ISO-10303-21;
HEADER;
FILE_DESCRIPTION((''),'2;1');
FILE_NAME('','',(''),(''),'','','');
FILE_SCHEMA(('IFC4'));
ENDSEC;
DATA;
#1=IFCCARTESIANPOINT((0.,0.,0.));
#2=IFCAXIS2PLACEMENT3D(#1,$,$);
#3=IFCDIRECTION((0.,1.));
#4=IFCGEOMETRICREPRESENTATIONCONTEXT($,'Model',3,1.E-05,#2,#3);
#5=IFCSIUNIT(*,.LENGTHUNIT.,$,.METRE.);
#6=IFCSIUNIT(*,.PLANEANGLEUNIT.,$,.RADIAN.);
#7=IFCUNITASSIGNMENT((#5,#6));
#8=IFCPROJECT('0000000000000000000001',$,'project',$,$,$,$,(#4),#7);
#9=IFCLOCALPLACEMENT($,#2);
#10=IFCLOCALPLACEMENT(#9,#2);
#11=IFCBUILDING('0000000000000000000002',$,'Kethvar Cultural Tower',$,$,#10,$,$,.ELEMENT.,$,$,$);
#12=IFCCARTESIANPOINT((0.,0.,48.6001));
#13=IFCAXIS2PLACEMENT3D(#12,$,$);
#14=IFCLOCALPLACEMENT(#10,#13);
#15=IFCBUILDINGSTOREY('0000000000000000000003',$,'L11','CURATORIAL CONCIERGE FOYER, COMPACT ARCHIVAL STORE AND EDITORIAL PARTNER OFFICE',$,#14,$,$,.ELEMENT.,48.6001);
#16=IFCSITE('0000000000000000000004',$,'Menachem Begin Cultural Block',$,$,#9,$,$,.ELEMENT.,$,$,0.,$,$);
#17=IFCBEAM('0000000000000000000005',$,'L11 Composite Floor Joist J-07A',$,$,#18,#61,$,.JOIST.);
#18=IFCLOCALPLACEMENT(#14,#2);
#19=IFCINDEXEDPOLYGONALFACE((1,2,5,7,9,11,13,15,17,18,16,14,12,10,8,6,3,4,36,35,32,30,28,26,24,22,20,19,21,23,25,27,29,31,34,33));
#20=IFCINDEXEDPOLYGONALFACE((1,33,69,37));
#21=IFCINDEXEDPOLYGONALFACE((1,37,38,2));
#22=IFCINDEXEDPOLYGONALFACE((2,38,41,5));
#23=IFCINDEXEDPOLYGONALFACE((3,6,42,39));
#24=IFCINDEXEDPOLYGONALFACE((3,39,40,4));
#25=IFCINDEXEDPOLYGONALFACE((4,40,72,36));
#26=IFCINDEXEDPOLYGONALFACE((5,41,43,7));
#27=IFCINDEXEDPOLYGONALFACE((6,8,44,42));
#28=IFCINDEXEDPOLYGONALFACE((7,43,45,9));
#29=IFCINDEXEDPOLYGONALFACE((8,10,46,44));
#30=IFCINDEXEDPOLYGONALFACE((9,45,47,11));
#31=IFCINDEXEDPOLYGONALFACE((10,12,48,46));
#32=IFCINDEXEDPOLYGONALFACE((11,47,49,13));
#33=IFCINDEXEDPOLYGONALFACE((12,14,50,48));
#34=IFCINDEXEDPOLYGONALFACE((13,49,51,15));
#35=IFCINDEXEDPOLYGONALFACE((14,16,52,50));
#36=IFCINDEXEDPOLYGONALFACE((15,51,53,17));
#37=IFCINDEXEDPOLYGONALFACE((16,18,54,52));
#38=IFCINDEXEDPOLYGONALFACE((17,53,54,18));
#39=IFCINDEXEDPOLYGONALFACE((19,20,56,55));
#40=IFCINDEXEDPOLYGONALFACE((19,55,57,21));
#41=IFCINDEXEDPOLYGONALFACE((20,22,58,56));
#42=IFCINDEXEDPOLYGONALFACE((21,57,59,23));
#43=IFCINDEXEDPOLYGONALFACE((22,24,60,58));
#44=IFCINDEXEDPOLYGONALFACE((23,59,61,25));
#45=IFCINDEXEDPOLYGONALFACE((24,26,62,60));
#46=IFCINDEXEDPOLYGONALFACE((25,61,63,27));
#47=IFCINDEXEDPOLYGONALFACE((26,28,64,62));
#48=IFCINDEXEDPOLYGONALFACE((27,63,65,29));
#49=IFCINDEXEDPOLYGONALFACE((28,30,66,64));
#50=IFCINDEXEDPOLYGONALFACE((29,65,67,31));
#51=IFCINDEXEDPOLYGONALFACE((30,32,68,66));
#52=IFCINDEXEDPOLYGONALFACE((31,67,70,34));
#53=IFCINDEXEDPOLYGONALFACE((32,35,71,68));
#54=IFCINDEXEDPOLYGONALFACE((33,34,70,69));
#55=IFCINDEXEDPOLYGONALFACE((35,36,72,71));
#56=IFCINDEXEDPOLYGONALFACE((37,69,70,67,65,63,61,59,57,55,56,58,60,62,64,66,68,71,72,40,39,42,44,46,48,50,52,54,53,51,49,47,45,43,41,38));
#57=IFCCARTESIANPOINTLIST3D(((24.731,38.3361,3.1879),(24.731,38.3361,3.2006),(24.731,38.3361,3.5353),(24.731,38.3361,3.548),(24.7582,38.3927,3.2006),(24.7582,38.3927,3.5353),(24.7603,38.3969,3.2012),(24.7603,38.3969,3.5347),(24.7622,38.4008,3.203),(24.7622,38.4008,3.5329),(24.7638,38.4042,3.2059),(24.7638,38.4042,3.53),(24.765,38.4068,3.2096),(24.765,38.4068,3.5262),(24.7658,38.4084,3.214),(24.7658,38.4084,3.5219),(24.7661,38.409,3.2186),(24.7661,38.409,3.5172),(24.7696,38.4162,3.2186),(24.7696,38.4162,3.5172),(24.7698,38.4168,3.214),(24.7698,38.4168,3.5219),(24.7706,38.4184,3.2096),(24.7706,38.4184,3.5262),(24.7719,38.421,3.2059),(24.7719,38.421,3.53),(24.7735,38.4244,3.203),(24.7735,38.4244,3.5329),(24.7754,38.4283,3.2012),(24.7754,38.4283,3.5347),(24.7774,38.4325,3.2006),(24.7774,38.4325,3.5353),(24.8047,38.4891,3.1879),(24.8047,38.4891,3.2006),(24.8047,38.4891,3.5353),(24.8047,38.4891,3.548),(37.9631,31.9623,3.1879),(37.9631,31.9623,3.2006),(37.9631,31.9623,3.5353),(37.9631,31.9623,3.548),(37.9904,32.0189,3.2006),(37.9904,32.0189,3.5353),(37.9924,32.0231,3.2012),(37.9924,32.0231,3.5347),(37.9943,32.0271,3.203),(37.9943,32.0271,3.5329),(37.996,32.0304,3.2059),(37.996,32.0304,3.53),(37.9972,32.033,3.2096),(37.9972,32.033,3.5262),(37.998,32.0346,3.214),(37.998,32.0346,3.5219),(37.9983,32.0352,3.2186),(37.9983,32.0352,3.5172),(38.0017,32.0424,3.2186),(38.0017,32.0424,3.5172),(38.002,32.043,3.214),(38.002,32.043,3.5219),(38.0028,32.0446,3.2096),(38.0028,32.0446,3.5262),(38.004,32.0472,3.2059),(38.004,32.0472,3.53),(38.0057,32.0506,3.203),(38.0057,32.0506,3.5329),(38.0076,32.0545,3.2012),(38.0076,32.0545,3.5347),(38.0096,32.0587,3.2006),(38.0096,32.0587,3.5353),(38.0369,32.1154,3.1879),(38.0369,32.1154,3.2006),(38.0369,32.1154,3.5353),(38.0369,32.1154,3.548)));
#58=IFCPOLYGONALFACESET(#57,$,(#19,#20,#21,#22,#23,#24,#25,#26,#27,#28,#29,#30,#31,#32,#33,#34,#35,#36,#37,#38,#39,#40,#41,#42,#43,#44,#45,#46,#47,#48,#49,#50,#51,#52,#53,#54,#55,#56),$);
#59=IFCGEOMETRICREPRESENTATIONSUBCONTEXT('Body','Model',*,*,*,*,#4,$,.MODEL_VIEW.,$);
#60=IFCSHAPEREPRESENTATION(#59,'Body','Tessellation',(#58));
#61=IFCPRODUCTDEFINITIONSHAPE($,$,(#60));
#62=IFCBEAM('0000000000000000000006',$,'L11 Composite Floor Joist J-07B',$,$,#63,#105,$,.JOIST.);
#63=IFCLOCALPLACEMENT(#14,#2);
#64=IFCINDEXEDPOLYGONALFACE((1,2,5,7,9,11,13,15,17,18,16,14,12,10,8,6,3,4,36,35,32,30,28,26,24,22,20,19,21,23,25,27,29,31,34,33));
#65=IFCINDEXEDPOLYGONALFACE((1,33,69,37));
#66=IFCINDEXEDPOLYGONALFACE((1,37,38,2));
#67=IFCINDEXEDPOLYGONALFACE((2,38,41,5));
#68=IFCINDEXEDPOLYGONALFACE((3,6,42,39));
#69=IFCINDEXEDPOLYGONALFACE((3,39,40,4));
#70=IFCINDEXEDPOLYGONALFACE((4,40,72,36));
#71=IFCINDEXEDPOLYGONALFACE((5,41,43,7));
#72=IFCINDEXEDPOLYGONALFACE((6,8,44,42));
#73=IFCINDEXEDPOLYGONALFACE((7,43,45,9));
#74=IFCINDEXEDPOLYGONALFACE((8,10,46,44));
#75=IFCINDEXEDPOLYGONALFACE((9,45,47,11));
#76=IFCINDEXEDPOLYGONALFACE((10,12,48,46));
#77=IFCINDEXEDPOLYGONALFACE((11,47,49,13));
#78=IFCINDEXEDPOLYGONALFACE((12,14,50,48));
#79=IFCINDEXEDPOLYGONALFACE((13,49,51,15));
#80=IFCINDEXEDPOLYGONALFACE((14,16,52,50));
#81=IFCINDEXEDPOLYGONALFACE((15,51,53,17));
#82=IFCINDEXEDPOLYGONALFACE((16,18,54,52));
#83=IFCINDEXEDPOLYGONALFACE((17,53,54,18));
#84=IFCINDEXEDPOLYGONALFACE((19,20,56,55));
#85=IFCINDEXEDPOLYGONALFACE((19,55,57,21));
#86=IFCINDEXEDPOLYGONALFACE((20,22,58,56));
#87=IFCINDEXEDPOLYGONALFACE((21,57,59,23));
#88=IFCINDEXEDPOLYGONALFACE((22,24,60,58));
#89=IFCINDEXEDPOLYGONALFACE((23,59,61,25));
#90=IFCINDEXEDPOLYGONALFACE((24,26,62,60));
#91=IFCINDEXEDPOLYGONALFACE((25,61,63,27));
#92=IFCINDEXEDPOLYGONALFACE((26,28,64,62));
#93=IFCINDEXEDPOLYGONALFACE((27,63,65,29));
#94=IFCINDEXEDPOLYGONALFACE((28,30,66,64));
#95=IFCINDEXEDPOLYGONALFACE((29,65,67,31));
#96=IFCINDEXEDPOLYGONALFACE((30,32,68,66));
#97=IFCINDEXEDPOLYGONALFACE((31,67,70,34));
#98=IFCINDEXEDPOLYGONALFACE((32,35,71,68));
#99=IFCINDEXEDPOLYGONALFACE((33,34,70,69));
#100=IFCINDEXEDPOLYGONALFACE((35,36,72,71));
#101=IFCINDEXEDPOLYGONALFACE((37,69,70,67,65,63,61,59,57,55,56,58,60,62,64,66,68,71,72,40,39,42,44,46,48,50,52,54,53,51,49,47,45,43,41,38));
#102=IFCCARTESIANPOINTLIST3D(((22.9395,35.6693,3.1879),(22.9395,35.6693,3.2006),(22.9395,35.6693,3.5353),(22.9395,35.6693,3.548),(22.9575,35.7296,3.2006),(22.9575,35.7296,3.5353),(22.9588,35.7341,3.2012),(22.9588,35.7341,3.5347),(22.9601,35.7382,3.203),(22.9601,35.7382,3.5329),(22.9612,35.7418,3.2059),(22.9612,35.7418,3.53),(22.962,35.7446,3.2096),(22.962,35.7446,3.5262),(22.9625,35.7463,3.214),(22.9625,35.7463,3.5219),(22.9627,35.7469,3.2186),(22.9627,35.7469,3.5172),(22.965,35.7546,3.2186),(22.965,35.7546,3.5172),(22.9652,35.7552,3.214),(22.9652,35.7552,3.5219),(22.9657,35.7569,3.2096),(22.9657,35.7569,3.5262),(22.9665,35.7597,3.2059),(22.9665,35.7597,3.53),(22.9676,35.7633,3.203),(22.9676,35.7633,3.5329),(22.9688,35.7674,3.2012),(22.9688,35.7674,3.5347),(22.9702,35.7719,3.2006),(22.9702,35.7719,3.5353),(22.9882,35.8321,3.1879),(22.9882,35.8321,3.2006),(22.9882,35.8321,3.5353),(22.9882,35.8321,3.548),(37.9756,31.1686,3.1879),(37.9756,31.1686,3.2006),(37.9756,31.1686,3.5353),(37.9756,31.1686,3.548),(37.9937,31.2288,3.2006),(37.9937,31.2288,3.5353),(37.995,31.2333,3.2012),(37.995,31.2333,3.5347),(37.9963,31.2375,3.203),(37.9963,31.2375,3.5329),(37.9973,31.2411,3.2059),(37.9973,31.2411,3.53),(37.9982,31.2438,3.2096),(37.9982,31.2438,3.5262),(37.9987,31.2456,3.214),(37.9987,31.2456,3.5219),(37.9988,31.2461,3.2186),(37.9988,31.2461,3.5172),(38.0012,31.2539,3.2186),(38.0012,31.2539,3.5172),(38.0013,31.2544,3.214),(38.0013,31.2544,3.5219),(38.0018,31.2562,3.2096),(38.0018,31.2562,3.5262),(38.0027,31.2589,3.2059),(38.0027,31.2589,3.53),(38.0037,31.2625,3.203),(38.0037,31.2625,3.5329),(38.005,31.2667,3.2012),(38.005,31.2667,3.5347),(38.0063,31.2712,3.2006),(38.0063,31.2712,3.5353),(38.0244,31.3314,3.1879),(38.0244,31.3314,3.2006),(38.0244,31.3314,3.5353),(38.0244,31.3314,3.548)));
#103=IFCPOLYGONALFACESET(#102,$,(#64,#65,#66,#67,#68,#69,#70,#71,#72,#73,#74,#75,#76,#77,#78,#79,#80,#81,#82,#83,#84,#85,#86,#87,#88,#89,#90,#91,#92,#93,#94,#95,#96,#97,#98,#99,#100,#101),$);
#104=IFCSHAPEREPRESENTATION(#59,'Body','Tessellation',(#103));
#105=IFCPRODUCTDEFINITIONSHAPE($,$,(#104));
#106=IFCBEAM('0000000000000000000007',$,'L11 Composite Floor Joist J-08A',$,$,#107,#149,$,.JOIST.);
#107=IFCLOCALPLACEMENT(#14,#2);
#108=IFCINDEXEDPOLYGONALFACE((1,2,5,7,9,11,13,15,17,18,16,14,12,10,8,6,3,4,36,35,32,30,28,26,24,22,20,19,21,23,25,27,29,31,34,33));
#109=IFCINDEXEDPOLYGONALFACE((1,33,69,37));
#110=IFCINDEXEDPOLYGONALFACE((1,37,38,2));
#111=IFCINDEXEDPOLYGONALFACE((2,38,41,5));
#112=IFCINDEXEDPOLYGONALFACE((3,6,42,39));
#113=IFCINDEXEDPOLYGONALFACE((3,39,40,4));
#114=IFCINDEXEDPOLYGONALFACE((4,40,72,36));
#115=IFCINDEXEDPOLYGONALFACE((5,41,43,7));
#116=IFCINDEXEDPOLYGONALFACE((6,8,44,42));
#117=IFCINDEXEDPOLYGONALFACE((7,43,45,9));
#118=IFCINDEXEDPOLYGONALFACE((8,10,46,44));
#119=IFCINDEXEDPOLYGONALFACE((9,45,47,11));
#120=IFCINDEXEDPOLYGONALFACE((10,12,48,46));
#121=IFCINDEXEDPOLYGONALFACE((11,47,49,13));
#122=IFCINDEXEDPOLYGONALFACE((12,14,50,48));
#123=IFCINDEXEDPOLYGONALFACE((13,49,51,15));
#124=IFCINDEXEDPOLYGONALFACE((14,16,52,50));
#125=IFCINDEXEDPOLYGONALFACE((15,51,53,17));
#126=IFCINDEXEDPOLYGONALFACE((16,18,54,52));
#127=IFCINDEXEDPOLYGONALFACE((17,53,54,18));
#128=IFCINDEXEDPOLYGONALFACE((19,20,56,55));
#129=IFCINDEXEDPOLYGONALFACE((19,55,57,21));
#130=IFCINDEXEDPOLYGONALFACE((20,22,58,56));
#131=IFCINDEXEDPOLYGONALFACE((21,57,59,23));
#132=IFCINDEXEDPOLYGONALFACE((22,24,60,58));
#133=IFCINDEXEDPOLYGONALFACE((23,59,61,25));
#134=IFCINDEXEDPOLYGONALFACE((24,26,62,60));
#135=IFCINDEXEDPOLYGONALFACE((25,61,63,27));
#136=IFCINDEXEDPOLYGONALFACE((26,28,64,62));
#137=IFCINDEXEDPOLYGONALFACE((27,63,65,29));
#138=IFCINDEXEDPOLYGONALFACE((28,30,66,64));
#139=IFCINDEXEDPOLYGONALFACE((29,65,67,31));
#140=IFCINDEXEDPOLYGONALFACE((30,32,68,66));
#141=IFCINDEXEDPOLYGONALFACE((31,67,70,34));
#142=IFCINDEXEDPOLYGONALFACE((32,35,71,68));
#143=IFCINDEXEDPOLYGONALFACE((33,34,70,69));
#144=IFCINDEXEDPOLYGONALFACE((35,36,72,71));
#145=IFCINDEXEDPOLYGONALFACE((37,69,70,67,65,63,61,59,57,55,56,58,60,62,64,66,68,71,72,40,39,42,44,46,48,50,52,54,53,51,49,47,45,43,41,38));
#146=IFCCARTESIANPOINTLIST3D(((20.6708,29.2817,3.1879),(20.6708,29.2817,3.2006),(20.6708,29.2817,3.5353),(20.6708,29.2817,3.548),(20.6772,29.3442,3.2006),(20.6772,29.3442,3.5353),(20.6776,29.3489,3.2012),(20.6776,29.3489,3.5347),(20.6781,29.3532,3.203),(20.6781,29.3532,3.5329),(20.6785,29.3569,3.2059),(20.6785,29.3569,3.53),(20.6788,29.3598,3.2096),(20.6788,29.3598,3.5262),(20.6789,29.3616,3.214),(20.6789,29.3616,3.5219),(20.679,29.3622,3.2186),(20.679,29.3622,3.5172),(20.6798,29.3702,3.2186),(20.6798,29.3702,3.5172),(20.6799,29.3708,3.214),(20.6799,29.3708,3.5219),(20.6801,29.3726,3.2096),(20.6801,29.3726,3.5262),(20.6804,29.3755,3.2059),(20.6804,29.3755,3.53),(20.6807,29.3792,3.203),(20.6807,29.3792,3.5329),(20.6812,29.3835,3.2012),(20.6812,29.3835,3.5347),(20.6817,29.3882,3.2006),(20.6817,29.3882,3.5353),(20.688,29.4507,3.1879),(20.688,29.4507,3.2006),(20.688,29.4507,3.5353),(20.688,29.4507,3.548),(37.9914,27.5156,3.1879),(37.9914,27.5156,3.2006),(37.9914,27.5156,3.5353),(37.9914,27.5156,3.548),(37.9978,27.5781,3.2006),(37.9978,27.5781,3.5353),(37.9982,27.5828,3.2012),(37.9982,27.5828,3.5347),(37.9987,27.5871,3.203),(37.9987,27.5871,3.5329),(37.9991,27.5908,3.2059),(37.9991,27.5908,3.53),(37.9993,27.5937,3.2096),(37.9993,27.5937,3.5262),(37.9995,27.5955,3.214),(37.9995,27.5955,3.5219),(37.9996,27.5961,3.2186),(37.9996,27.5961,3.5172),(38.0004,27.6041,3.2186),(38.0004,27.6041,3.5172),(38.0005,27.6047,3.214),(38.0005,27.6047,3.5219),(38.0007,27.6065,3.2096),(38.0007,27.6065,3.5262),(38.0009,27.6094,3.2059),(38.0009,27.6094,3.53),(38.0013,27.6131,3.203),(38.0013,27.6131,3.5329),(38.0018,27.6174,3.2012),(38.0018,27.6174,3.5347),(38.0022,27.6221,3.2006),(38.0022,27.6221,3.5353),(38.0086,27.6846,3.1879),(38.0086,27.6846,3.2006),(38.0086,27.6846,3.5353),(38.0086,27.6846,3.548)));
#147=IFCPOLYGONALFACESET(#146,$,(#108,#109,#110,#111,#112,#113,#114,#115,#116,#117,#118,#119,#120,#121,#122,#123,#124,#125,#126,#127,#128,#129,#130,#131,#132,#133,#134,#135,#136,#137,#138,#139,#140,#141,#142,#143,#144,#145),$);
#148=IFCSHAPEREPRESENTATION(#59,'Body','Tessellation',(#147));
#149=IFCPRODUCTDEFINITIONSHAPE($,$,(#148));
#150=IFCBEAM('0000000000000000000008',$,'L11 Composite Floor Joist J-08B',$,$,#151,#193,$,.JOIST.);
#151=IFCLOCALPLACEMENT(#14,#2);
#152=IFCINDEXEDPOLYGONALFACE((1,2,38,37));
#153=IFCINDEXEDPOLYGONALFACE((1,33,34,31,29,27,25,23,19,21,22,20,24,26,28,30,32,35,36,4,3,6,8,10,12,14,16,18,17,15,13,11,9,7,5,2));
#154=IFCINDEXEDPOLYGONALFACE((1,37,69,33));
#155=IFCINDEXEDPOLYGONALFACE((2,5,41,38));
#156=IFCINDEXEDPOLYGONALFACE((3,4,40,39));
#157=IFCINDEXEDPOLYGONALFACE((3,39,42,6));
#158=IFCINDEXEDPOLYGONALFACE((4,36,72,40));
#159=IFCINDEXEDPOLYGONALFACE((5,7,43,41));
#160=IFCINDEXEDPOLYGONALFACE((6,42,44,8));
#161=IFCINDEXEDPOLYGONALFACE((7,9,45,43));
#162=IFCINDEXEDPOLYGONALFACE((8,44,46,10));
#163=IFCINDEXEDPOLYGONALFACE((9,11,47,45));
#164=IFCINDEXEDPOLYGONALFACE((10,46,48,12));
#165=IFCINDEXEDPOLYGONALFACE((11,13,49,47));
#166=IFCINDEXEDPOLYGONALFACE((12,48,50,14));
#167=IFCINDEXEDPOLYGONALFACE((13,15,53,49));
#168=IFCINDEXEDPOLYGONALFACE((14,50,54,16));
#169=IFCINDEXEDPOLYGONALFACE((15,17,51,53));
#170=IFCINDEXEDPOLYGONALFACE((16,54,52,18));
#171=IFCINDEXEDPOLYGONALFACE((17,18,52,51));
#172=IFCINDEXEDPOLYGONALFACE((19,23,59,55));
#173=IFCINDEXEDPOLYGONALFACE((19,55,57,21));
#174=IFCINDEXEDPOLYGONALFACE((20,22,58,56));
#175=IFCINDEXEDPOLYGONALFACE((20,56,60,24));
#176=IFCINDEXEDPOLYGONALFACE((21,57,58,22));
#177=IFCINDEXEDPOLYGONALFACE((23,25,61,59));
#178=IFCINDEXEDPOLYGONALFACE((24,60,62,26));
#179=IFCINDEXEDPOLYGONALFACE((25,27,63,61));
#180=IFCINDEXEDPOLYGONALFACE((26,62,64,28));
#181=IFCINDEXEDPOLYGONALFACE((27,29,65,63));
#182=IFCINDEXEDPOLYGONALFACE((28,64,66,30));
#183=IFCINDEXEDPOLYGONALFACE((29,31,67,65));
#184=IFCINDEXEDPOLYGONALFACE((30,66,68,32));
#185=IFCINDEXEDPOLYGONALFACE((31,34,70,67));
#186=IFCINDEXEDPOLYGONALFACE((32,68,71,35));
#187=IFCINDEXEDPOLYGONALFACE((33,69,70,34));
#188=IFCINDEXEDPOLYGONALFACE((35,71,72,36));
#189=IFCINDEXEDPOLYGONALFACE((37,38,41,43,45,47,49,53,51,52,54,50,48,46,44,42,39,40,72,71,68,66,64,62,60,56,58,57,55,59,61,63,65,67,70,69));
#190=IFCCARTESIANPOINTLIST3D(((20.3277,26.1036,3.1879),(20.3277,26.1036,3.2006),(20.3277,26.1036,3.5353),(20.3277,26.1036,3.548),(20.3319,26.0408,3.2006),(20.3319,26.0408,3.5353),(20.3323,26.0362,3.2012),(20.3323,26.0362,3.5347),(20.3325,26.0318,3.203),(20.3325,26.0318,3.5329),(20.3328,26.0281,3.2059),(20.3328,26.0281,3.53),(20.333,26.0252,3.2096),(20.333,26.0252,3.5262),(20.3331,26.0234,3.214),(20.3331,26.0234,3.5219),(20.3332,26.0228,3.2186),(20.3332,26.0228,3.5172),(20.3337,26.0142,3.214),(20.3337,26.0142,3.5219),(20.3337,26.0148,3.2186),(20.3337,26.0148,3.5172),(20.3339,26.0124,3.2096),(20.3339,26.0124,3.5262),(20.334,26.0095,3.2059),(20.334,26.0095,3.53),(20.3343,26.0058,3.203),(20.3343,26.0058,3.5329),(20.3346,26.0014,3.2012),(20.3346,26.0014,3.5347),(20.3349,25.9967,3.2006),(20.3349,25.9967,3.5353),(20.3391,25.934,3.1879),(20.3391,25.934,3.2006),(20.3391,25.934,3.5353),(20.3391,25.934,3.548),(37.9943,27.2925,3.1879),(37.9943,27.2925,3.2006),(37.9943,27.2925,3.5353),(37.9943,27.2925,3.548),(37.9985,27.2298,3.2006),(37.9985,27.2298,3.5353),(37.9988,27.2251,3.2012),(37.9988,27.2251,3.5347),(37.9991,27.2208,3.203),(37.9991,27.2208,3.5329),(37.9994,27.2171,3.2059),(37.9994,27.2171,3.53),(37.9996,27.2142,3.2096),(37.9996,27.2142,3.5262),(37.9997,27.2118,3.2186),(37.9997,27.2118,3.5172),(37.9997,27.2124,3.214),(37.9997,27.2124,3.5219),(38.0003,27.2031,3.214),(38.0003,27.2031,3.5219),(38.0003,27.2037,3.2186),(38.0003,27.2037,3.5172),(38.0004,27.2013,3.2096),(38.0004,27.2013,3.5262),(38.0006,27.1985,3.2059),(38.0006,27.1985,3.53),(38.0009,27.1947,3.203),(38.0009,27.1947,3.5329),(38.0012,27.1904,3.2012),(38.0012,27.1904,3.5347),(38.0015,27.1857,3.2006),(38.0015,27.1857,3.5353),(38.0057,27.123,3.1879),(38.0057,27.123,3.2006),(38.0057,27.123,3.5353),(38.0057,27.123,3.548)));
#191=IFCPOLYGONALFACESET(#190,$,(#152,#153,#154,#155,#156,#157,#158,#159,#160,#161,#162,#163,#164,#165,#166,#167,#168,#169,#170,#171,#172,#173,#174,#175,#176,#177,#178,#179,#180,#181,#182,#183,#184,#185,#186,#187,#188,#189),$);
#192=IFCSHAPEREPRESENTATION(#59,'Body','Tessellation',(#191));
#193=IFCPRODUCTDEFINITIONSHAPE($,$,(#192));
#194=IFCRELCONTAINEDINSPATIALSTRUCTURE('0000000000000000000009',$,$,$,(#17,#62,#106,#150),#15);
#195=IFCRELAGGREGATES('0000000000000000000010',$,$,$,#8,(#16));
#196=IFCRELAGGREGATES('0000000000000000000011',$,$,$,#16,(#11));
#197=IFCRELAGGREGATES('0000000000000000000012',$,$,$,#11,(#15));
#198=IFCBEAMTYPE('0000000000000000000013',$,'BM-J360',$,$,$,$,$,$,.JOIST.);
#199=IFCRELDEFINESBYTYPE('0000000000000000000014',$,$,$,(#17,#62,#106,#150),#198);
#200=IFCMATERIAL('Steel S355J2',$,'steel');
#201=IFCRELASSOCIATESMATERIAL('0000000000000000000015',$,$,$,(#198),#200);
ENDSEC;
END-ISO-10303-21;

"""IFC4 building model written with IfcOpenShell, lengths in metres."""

from ifc_helpers import new_model, si_unit, direction, frame, origin, origin_2d, place, context, subcontext, project, spatial, i_section, extrude, source, transform, mapped, material, material_profile, profile_set, type_object, element, save


model = new_model("IFC4")

# Units and contexts
model_context = context("Model", 3, precision=1e-05, world=origin(), true_north=direction((0.0, 1.0)))
body_context = subcontext(model_context, "Body", "Model", "MODEL_VIEW")
ifc_project = project(units=[si_unit("LENGTHUNIT", "METRE"), si_unit("PLANEANGLEUNIT", "RADIAN")], contexts=[model_context])

# Site, building, storey
site_placement = place(None, origin())
site = spatial("IfcSite", under=ifc_project, at=site_placement, Name="Menachem Begin Cultural Block", CompositionType="ELEMENT", RefElevation=0.0)
building_placement = place(site_placement, origin())
building = spatial("IfcBuilding", under=site, at=building_placement, Name="Kethvar Cultural Tower", CompositionType="ELEMENT")
storey_placement = place(building_placement, frame((0.0, 0.0, 48.6001)))
storey = spatial("IfcBuildingStorey", under=building, at=storey_placement, Name="L11", Description="CURATORIAL CONCIERGE FOYER, COMPACT ARCHIVAL STORE AND EDITORIAL PARTNER OFFICE", CompositionType="ELEMENT", Elevation=48.6001)

# Beams
ifc_material_1 = material(Name="Steel S355J2", Category="steel")
ifc_material_profile_1 = material_profile(ifc_material_1, i_section(OverallWidth=0.1699, OverallDepth=0.3601, WebThickness=0.0081, FlangeThickness=0.0127, FilletRadius=0.0181, at=origin_2d()), Name="Steel S355J2 — IPE360")
ifc_profile_set_1 = profile_set([ifc_material_profile_1], Name="Steel S355J2 — IPE360")
beam_type_1 = type_object("IfcBeamType", Name="BM-J360", PredefinedType="JOIST", material=ifc_profile_set_1)
shared_shape_1 = source(origin(), body_context, "Body", "SweptSolid", [
    extrude(i_section(OverallWidth=0.1699, OverallDepth=0.3601, WebThickness=0.0081, FlangeThickness=0.0127, FilletRadius=0.0181, at=origin_2d()), origin(), (0.0, 0.0, 1.0), 14.6873),
])
beam_1_placement = place(storey_placement, frame((38.0, 32.0388, 3.3679), z_axis=(-0.900929, 0.433967, 0.0), x_axis=(-0.433967, -0.900929, 0.0)))
element("IfcBeam", 1, at=beam_1_placement, inside=storey, type_object=beam_type_1, Name="L11 Composite Floor Joist J-07A", PredefinedType="JOIST", context=body_context, shape_type="MappedRepresentation", body=[
    mapped(shared_shape_1, transform((0.0, 0.0, 0.0), scale=1.0)),
])
shared_shape_2 = source(origin(), body_context, "Body", "SweptSolid", [
    extrude(i_section(OverallWidth=0.1699, OverallDepth=0.3601, WebThickness=0.0081, FlangeThickness=0.0127, FilletRadius=0.0181, at=origin_2d()), origin(), (0.0, 0.0, 1.0), 15.6953),
])
beam_2_placement = place(storey_placement, frame((38.0, 31.25, 3.3679), z_axis=(-0.958003, 0.286757, 0.0), x_axis=(-0.286757, -0.958003, 0.0)))
element("IfcBeam", 2, at=beam_2_placement, inside=storey, type_object=beam_type_1, Name="L11 Composite Floor Joist J-07B", PredefinedType="JOIST", context=body_context, shape_type="MappedRepresentation", body=[
    mapped(shared_shape_2, transform((0.0, 0.0, 0.0), scale=1.0)),
])
shared_shape_3 = source(origin(), body_context, "Body", "SweptSolid", [
    extrude(i_section(OverallWidth=0.1699, OverallDepth=0.3601, WebThickness=0.0081, FlangeThickness=0.0127, FilletRadius=0.0181, at=origin_2d()), origin(), (0.0, 0.0, 1.0), 17.4104),
])
beam_3_placement = place(storey_placement, frame((38.0, 27.6001, 3.3679), z_axis=(-0.994842, 0.10144, 0.0), x_axis=(-0.10144, -0.994842, 0.0)))
element("IfcBeam", 3, at=beam_3_placement, inside=storey, type_object=beam_type_1, Name="L11 Composite Floor Joist J-08A", PredefinedType="JOIST", context=body_context, shape_type="MappedRepresentation", body=[
    mapped(shared_shape_3, transform((0.0, 0.0, 0.0), scale=1.0)),
])
shared_shape_4 = source(origin(), body_context, "Body", "SweptSolid", [
    extrude(i_section(OverallWidth=0.1699, OverallDepth=0.3601, WebThickness=0.0081, FlangeThickness=0.0127, FilletRadius=0.0181, at=origin_2d()), origin(), (0.0, 0.0, 1.0), 17.7065),
])
beam_4_placement = place(storey_placement, frame((38.0, 27.2078, 3.3679), z_axis=(-0.997743, -0.067149, 0.0), x_axis=(0.067149, -0.997743, 0.0)))
element("IfcBeam", 4, at=beam_4_placement, inside=storey, type_object=beam_type_1, Name="L11 Composite Floor Joist J-08B", PredefinedType="JOIST", context=body_context, shape_type="MappedRepresentation", body=[
    mapped(shared_shape_4, transform((0.0, 0.0, 0.0), scale=1.0)),
])

save(model, "model.ifc")
